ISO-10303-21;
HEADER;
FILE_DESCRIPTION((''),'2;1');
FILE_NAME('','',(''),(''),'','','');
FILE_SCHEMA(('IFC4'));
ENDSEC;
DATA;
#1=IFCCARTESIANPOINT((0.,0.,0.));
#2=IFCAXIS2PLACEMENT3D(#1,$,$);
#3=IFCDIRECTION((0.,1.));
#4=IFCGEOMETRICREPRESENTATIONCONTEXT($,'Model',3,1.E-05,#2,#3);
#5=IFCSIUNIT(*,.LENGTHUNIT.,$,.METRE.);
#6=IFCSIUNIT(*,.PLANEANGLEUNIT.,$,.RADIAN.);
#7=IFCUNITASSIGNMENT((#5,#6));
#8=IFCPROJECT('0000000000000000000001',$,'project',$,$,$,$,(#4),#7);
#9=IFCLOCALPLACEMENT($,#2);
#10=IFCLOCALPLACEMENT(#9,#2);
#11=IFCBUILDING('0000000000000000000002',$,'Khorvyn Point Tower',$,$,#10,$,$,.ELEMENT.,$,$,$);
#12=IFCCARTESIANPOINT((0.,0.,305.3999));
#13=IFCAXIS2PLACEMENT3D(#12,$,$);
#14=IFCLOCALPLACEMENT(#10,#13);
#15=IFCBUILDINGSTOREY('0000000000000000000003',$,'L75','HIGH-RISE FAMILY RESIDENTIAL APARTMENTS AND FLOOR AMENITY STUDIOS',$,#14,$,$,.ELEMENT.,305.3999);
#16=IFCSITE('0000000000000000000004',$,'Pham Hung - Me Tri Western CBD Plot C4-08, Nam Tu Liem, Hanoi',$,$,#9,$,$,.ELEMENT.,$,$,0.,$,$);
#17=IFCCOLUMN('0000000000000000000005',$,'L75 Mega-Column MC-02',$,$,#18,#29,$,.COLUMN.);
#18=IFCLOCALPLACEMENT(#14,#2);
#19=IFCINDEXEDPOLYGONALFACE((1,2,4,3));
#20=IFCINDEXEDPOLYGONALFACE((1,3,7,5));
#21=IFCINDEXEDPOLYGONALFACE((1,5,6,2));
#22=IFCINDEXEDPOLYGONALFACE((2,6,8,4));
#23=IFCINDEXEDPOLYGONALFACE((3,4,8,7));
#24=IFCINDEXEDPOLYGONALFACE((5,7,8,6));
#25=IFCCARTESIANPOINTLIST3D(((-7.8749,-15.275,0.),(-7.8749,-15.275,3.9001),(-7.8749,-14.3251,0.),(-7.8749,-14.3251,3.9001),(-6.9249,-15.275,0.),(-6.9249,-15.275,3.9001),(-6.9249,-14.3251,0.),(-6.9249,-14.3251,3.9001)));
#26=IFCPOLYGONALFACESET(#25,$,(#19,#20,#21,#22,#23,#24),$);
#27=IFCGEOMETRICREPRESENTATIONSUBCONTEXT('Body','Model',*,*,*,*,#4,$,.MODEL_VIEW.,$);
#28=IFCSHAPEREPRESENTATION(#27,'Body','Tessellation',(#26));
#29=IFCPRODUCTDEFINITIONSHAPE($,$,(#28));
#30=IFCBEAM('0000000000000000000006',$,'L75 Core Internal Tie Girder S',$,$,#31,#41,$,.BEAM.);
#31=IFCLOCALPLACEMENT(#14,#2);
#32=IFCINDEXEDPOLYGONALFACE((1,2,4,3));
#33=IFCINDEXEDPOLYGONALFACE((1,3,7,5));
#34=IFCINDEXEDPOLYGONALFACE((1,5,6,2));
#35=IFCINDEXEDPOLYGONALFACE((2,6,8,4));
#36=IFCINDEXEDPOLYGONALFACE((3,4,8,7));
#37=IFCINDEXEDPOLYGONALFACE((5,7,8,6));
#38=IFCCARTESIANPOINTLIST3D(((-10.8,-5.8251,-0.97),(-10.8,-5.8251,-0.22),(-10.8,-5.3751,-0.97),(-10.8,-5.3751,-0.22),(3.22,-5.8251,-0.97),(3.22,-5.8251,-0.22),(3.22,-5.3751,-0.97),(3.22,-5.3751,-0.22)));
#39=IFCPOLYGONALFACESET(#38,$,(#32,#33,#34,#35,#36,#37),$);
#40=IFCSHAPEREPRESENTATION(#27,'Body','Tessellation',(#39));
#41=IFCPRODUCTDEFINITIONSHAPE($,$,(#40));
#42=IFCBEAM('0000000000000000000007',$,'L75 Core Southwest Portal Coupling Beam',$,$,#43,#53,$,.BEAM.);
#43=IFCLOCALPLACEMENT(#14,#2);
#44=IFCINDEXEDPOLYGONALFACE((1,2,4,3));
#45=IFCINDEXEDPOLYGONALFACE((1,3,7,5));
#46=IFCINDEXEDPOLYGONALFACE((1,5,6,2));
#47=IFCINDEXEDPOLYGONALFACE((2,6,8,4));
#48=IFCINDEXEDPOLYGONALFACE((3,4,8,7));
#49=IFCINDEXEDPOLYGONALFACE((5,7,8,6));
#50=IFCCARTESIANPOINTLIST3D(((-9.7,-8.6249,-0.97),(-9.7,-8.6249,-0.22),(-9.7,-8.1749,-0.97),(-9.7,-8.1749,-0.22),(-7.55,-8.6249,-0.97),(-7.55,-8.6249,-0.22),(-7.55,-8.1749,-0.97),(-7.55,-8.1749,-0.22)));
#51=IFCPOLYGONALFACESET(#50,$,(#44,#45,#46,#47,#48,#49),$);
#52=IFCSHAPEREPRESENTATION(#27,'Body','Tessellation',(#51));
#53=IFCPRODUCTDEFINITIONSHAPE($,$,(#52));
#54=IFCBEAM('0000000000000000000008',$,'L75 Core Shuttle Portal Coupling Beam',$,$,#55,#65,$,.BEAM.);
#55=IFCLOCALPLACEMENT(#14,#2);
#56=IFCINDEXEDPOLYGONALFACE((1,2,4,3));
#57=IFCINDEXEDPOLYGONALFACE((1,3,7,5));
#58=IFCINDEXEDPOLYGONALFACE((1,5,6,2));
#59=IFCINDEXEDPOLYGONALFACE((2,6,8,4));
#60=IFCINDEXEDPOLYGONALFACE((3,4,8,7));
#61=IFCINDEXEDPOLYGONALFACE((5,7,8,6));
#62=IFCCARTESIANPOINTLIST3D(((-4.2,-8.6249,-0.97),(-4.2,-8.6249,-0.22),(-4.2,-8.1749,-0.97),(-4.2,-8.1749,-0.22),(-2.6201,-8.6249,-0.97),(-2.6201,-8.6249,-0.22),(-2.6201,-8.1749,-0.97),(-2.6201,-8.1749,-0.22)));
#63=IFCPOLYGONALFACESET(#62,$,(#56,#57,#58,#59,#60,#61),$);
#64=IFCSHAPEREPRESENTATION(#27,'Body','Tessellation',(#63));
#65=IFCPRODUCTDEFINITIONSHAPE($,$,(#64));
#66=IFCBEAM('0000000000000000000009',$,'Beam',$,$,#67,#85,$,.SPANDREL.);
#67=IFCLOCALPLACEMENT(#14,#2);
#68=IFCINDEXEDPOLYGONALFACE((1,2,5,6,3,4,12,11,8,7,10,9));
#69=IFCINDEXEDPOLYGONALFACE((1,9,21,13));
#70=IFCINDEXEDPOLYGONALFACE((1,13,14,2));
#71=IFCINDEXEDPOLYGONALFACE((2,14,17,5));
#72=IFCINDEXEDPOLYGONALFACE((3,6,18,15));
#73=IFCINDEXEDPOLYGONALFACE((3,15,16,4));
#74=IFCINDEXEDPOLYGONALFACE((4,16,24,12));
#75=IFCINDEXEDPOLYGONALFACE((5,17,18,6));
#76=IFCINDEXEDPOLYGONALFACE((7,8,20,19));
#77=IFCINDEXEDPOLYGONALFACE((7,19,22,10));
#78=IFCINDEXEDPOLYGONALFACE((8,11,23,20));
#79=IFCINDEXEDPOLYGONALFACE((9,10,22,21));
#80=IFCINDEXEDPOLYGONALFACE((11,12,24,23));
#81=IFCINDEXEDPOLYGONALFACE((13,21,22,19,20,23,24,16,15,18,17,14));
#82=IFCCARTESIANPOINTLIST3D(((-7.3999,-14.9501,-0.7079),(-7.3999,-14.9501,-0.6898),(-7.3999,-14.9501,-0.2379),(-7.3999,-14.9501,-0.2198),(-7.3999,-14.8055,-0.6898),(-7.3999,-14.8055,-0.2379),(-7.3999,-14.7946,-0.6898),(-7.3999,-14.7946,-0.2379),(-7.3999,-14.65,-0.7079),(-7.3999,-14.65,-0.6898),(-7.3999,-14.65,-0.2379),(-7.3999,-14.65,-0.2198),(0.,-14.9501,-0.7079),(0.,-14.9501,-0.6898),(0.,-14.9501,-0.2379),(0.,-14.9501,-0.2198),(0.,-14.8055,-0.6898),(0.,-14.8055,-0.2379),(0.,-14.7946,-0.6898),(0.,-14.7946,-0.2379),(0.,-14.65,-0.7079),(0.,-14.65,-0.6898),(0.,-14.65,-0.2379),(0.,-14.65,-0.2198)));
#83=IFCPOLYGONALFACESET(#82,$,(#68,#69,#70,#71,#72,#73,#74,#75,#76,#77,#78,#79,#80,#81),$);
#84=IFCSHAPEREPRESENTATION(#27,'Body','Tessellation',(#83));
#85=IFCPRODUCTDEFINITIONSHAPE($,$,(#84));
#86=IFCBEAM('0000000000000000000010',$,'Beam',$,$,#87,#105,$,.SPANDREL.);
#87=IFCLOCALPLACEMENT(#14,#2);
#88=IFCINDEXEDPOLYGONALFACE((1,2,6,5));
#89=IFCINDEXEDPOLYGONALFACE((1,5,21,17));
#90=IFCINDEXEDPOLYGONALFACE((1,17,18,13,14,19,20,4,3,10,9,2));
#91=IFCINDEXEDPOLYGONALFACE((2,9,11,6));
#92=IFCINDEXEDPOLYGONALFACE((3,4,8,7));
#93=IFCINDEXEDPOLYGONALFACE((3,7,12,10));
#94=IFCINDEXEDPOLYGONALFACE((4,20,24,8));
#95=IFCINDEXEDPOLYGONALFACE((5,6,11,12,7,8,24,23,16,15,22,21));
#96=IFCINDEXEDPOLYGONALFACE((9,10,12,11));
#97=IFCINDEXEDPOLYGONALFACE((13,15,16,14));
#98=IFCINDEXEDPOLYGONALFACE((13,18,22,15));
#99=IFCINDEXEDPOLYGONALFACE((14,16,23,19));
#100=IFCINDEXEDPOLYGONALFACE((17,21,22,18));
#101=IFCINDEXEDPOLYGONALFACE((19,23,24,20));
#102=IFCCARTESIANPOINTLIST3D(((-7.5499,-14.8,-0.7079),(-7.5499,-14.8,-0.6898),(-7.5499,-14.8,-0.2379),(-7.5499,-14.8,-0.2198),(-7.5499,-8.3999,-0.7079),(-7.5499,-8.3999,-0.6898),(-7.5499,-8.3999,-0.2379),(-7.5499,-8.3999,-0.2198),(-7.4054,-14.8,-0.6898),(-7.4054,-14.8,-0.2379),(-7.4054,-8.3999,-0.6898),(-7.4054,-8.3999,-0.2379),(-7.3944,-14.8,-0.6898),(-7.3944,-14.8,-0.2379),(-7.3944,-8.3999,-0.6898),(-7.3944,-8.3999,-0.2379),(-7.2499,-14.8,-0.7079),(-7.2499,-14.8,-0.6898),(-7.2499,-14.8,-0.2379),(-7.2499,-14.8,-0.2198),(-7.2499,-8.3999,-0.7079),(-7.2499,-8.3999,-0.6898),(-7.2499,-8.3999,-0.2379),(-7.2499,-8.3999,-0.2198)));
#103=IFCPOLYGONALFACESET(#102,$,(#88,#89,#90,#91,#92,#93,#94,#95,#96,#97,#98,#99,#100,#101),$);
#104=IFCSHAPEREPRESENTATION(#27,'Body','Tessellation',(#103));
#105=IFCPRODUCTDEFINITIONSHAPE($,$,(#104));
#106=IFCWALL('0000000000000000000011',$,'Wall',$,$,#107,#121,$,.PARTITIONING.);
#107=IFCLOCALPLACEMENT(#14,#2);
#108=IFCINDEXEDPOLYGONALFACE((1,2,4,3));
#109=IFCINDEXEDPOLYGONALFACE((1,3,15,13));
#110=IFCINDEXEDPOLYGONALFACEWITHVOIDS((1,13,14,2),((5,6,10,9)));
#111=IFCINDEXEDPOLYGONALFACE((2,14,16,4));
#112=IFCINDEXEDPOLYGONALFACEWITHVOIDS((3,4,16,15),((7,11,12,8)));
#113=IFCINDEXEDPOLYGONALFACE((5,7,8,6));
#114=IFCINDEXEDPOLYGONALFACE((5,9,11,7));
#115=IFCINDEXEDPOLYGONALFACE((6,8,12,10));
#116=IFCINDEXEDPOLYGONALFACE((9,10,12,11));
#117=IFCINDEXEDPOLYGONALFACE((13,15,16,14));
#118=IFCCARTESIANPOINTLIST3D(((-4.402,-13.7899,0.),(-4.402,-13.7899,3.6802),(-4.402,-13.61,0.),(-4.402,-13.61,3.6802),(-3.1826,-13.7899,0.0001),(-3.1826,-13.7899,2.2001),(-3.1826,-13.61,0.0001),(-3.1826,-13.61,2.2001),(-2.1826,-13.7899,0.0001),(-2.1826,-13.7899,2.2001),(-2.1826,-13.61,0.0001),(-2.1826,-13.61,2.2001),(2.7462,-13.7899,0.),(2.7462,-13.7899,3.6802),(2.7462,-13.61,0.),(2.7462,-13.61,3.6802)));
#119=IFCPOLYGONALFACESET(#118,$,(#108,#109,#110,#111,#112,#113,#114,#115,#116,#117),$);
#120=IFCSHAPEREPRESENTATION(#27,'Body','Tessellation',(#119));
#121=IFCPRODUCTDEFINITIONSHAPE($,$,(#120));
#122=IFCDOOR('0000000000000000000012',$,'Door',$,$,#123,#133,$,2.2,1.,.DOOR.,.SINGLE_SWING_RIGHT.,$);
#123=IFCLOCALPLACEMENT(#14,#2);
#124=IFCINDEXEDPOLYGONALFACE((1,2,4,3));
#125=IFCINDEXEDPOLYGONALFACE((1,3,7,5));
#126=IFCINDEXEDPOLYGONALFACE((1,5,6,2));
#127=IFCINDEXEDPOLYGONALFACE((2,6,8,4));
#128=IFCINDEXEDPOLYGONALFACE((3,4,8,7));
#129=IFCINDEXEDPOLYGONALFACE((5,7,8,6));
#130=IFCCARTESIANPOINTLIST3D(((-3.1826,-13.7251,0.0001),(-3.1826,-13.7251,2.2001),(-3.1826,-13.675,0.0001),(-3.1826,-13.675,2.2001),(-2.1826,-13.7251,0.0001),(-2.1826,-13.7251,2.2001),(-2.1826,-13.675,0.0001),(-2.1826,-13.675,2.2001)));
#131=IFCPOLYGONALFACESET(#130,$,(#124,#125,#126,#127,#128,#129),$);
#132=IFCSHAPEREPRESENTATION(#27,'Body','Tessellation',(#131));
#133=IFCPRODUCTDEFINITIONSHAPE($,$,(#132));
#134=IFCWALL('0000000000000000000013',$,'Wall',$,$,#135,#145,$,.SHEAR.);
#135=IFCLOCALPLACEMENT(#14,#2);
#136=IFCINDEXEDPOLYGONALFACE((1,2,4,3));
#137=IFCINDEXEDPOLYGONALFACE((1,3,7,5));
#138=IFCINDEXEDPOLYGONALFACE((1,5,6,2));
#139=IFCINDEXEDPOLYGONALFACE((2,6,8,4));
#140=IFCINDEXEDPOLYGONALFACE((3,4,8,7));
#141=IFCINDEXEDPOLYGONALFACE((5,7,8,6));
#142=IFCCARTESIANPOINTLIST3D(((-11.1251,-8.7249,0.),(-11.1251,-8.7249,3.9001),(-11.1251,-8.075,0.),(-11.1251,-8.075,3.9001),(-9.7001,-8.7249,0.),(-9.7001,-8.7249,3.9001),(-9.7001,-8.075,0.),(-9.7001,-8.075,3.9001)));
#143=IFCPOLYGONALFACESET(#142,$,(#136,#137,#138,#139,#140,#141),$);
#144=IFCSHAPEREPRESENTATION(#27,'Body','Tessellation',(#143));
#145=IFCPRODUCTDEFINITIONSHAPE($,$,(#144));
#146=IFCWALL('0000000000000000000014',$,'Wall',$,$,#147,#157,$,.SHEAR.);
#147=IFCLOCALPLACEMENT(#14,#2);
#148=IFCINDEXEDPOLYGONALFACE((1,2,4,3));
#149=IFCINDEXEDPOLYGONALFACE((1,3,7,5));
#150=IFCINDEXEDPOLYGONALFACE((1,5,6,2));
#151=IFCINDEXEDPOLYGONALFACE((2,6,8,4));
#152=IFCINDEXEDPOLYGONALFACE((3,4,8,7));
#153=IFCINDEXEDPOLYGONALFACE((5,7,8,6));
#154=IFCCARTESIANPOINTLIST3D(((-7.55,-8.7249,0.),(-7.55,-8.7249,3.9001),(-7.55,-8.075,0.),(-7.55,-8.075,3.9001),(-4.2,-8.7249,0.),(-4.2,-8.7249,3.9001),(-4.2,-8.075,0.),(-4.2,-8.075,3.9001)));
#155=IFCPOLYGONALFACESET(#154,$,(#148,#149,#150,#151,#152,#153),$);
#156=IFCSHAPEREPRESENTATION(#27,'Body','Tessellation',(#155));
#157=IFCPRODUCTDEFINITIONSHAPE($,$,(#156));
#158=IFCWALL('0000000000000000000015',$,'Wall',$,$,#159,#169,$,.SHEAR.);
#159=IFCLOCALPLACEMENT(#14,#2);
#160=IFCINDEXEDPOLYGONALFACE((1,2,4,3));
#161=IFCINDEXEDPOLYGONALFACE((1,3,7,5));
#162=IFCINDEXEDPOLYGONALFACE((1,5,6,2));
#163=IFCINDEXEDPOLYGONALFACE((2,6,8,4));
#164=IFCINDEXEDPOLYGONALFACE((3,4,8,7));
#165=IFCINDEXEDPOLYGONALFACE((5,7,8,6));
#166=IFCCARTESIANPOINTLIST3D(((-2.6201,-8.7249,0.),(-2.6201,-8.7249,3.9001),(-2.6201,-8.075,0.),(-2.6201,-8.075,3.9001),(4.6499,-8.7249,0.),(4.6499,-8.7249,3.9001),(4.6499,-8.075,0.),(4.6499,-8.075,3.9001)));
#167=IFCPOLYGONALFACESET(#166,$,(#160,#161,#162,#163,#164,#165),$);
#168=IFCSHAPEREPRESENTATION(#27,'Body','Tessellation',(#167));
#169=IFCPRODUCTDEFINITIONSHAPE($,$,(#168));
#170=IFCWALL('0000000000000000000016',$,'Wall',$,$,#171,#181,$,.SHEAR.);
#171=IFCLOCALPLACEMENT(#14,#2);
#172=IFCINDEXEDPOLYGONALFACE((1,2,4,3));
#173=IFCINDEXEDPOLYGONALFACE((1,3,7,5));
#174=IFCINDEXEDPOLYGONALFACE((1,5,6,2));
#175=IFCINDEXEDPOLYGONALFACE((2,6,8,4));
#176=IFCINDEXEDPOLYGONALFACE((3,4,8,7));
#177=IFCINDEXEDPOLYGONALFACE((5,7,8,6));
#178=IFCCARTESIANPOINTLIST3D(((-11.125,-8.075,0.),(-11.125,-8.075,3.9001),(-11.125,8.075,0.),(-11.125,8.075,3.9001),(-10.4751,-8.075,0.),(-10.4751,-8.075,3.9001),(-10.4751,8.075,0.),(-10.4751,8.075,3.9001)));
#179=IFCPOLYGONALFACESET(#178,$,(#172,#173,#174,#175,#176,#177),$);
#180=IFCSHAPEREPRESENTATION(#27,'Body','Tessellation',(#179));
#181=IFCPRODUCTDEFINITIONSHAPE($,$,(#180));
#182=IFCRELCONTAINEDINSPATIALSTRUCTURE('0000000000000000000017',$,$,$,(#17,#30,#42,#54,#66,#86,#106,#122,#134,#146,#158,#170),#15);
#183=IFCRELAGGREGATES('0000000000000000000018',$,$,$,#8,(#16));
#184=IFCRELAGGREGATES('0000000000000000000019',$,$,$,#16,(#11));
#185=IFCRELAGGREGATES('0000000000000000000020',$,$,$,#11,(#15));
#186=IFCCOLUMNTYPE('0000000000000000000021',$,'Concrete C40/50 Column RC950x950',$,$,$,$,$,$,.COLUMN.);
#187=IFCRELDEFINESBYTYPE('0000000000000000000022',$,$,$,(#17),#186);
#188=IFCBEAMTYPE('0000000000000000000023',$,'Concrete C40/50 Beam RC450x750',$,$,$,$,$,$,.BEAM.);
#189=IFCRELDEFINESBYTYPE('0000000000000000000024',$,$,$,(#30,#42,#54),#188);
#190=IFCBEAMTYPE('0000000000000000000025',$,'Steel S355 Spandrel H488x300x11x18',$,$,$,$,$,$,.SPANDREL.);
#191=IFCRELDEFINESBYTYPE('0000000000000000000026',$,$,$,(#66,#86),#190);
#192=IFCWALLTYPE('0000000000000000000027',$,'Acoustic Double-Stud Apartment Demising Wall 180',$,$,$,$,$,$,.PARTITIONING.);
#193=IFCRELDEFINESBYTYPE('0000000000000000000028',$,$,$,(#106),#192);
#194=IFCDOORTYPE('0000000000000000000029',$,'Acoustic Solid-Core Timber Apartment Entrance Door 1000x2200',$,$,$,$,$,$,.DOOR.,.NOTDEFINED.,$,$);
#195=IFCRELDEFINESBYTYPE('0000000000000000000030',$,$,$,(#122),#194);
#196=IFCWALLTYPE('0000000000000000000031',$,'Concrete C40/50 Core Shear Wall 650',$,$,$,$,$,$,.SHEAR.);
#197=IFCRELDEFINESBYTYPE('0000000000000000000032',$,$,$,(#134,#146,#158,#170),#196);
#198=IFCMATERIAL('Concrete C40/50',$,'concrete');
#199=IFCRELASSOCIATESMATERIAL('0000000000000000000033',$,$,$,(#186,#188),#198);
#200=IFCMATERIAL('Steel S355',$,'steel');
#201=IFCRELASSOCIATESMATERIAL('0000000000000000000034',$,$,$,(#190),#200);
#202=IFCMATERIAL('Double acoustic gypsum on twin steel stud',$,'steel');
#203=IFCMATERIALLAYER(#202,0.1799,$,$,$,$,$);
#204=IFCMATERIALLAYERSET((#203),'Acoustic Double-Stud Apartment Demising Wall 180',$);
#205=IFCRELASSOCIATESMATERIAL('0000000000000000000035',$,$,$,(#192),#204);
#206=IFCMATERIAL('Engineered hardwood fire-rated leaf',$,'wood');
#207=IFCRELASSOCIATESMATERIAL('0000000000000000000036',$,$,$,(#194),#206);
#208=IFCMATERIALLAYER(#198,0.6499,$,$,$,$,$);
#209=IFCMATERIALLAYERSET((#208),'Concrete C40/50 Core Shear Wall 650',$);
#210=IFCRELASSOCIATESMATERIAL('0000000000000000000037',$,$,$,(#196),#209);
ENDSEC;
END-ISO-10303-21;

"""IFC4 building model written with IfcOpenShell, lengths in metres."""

from ifc_helpers import new_model, si_unit, direction, frame, frame_2d, origin, origin_2d, place, context, subcontext, project, spatial, rectangle, i_section, extrude, material, layer, layer_set, material_profile, profile_set, type_object, element, fill, save


model = new_model("IFC4")

# Units and contexts
model_context = context("Model", 3, precision=1e-05, world=origin(), true_north=direction((0.0, 1.0)))
body_context = subcontext(model_context, "Body", "Model", "MODEL_VIEW")
ifc_project = project(units=[si_unit("LENGTHUNIT", "METRE"), si_unit("PLANEANGLEUNIT", "RADIAN")], contexts=[model_context])

# Site, building, storey
site_placement = place(None, origin())
site = spatial("IfcSite", under=ifc_project, at=site_placement, Name="Pham Hung - Me Tri Western CBD Plot C4-08, Nam Tu Liem, Hanoi", CompositionType="ELEMENT", RefElevation=0.0)
building_placement = place(site_placement, origin())
building = spatial("IfcBuilding", under=site, at=building_placement, Name="Khorvyn Point Tower", CompositionType="ELEMENT")
storey_placement = place(building_placement, frame((0.0, 0.0, 305.3999)))
storey = spatial("IfcBuildingStorey", under=building, at=storey_placement, Name="L75", Description="HIGH-RISE FAMILY RESIDENTIAL APARTMENTS AND FLOOR AMENITY STUDIOS", CompositionType="ELEMENT", Elevation=305.3999)

# Column
ifc_material_1 = material(Name="Concrete C40/50", Category="concrete")
ifc_material_profile_1 = material_profile(ifc_material_1, rectangle(XDim=0.95, YDim=0.95, at=origin_2d()))
ifc_profile_set_1 = profile_set([ifc_material_profile_1], Name="Concrete C40/50 RC950x950")
column_type = type_object("IfcColumnType", Name="Concrete C40/50 Column RC950x950", PredefinedType="COLUMN", material=ifc_profile_set_1)
column_placement = place(storey_placement, frame((-7.3999, -14.8, 0.0), z_axis=(0.0, 0.0, 1.0), x_axis=(1.0, 0.0, 0.0)))
element("IfcColumn", 1, at=column_placement, inside=storey, type_object=column_type, Name="L75 Mega-Column MC-02", PredefinedType="COLUMN", context=body_context, shape_type="SweptSolid", body=[
    extrude(rectangle(XDim=0.95, YDim=0.95, at=origin_2d()), origin(), (0.0, 0.0, 1.0), 3.9001),
])

# Beams
ifc_material_profile_2 = material_profile(ifc_material_1, rectangle(XDim=0.45, YDim=0.75, at=origin_2d()))
ifc_profile_set_2 = profile_set([ifc_material_profile_2], Name="Concrete C40/50 RC450x750")
beam_type_1 = type_object("IfcBeamType", Name="Concrete C40/50 Beam RC450x750", PredefinedType="BEAM", material=ifc_profile_set_2)
beam_1_placement = place(storey_placement, frame((-10.8, -5.6001, -0.595), z_axis=(1.0, 0.0, 0.0), x_axis=(0.0, 1.0, 0.0)))
element("IfcBeam", 2, at=beam_1_placement, inside=storey, type_object=beam_type_1, Name="L75 Core Internal Tie Girder S", PredefinedType="BEAM", context=body_context, shape_type="SweptSolid", body=[
    extrude(rectangle(XDim=0.45, YDim=0.75, at=origin_2d()), origin(), (0.0, 0.0, 1.0), 14.02),
])
beam_2_placement = place(storey_placement, frame((-9.7, -8.3999, -0.595), z_axis=(1.0, 0.0, 0.0), x_axis=(0.0, 1.0, 0.0)))
element("IfcBeam", 3, at=beam_2_placement, inside=storey, type_object=beam_type_1, Name="L75 Core Southwest Portal Coupling Beam", PredefinedType="BEAM", context=body_context, shape_type="SweptSolid", body=[
    extrude(rectangle(XDim=0.45, YDim=0.75, at=origin_2d()), origin(), (0.0, 0.0, 1.0), 2.1499),
])
beam_3_placement = place(storey_placement, frame((-4.2, -8.3999, -0.595), z_axis=(1.0, 0.0, 0.0), x_axis=(0.0, 1.0, 0.0)))
element("IfcBeam", 4, at=beam_3_placement, inside=storey, type_object=beam_type_1, Name="L75 Core Shuttle Portal Coupling Beam", PredefinedType="BEAM", context=body_context, shape_type="SweptSolid", body=[
    extrude(rectangle(XDim=0.45, YDim=0.75, at=origin_2d()), origin(), (0.0, 0.0, 1.0), 1.5798),
])
ifc_material_2 = material(Name="Steel S355", Category="steel")
ifc_material_profile_3 = material_profile(ifc_material_2, i_section(OverallWidth=0.3, OverallDepth=0.488, WebThickness=0.011, FlangeThickness=0.0181, at=origin_2d()))
ifc_profile_set_3 = profile_set([ifc_material_profile_3], Name="Steel S355 H488x300x11x18")
beam_type_2 = type_object("IfcBeamType", Name="Steel S355 Spandrel H488x300x11x18", PredefinedType="SPANDREL", material=ifc_profile_set_3)
beam_4_placement = place(storey_placement, frame((-7.3999, -14.8, -0.4639), z_axis=(1.0, 0.0, 0.0), x_axis=(0.0, 1.0, 0.0)))
element("IfcBeam", 5, at=beam_4_placement, inside=storey, type_object=beam_type_2, Name="Beam", PredefinedType="SPANDREL", context=body_context, shape_type="SweptSolid", body=[
    extrude(i_section(OverallWidth=0.3, OverallDepth=0.488, WebThickness=0.011, FlangeThickness=0.0181, at=origin_2d()), origin(), (0.0, 0.0, 1.0), 7.3999),
])
beam_5_placement = place(storey_placement, frame((-7.3999, -14.8, -0.4639), z_axis=(0.0, 1.0, 0.0), x_axis=(-1.0, 0.0, 0.0)))
element("IfcBeam", 6, at=beam_5_placement, inside=storey, type_object=beam_type_2, Name="Beam", PredefinedType="SPANDREL", context=body_context, shape_type="SweptSolid", body=[
    extrude(i_section(OverallWidth=0.3, OverallDepth=0.488, WebThickness=0.011, FlangeThickness=0.0181, at=origin_2d()), origin(), (0.0, 0.0, 1.0), 6.4001),
])

# Wall, opening, door
ifc_material_3 = material(Name="Double acoustic gypsum on twin steel stud", Category="steel")
ifc_layer_1 = layer(ifc_material_3, 0.1799)
ifc_layer_set_1 = layer_set([ifc_layer_1], Name="Acoustic Double-Stud Apartment Demising Wall 180")
wall_type_1 = type_object("IfcWallType", Name="Acoustic Double-Stud Apartment Demising Wall 180", PredefinedType="PARTITIONING", material=ifc_layer_set_1)
wall_1_placement = place(storey_placement, frame((-4.4021, -13.7, 0.0), z_axis=(0.0, 0.0, 1.0), x_axis=(1.0, 0.0, 0.0)))
wall_1 = element("IfcWall", 7, at=wall_1_placement, inside=storey, type_object=wall_type_1, Name="Wall", PredefinedType="PARTITIONING", context=body_context, shape_type="SweptSolid", body=[
    extrude(rectangle(XDim=7.1482, YDim=0.1799, at=frame_2d((3.5742, 0.0))), origin(), (0.0, 0.0, 1.0), 3.6802),
])
opening_1_placement = place(wall_1_placement, frame((1.2195, 0.0, 0.0)))
opening_1 = element("IfcOpeningElement", 8, at=opening_1_placement, cuts=wall_1, PredefinedType="OPENING", context=body_context, shape_type="SweptSolid", body=[
    extrude(rectangle(XDim=1.0, YDim=2.2, at=frame_2d((0.5, 1.1001))), frame((0.0, 0.0999, 0.0), z_axis=(0.0, -1.0, 0.0), x_axis=(1.0, 0.0, 0.0)), (0.0, 0.0, 1.0), 0.2),
])
ifc_material_4 = material(Name="Engineered hardwood fire-rated leaf", Category="wood")
door_type_1 = type_object("IfcDoorType", Name="Acoustic Solid-Core Timber Apartment Entrance Door 1000x2200", OperationType="NOTDEFINED", PredefinedType="DOOR", material=ifc_material_4)
door_1_placement = place(opening_1_placement, origin())
door_1 = element("IfcDoor", 9, at=door_1_placement, inside=storey, type_object=door_type_1, Name="Door", OperationType="SINGLE_SWING_RIGHT", OverallHeight=2.2, OverallWidth=1.0, PredefinedType="DOOR", context=body_context, shape_type="SweptSolid", body=[
    extrude(rectangle(XDim=1.0, YDim=2.2, at=frame_2d((0.5, 1.1001))), frame((0.0, 0.0249, 0.0), z_axis=(0.0, -1.0, 0.0), x_axis=(1.0, 0.0, 0.0)), (0.0, 0.0, 1.0), 0.05),
])
fill(opening_1, door_1)

# Walls
ifc_layer_2 = layer(ifc_material_1, 0.6499)
ifc_layer_set_2 = layer_set([ifc_layer_2], Name="Concrete C40/50 Core Shear Wall 650")
wall_type_2 = type_object("IfcWallType", Name="Concrete C40/50 Core Shear Wall 650", PredefinedType="SHEAR", material=ifc_layer_set_2)
wall_2_placement = place(storey_placement, frame((-11.125, -8.3999, 0.0), z_axis=(0.0, 0.0, 1.0), x_axis=(1.0, 0.0, 0.0)))
element("IfcWall", 10, at=wall_2_placement, inside=storey, type_object=wall_type_2, Name="Wall", PredefinedType="SHEAR", context=body_context, shape_type="SweptSolid", body=[
    extrude(rectangle(XDim=1.425, YDim=0.6499, at=frame_2d((0.7124, 0.0))), origin(), (0.0, 0.0, 1.0), 3.9001),
])
wall_3_placement = place(storey_placement, frame((-7.55, -8.3999, 0.0), z_axis=(0.0, 0.0, 1.0), x_axis=(1.0, 0.0, 0.0)))
element("IfcWall", 11, at=wall_3_placement, inside=storey, type_object=wall_type_2, Name="Wall", PredefinedType="SHEAR", context=body_context, shape_type="SweptSolid", body=[
    extrude(rectangle(XDim=3.3501, YDim=0.6499, at=frame_2d((1.675, 0.0))), origin(), (0.0, 0.0, 1.0), 3.9001),
])
wall_4_placement = place(storey_placement, frame((-2.6201, -8.3999, 0.0), z_axis=(0.0, 0.0, 1.0), x_axis=(1.0, 0.0, 0.0)))
element("IfcWall", 12, at=wall_4_placement, inside=storey, type_object=wall_type_2, Name="Wall", PredefinedType="SHEAR", context=body_context, shape_type="SweptSolid", body=[
    extrude(rectangle(XDim=7.27, YDim=0.6499, at=frame_2d((3.635, 0.0))), origin(), (0.0, 0.0, 1.0), 3.9001),
])
wall_5_placement = place(storey_placement, frame((-10.8, -8.075, 0.0), z_axis=(0.0, 0.0, 1.0), x_axis=(0.0, 1.0, 0.0)))
element("IfcWall", 13, at=wall_5_placement, inside=storey, type_object=wall_type_2, Name="Wall", PredefinedType="SHEAR", context=body_context, shape_type="SweptSolid", body=[
    extrude(rectangle(XDim=16.1499, YDim=0.6499, at=frame_2d((8.075, 0.0))), origin(), (0.0, 0.0, 1.0), 3.9001),
])

save(model, "model.ifc")
